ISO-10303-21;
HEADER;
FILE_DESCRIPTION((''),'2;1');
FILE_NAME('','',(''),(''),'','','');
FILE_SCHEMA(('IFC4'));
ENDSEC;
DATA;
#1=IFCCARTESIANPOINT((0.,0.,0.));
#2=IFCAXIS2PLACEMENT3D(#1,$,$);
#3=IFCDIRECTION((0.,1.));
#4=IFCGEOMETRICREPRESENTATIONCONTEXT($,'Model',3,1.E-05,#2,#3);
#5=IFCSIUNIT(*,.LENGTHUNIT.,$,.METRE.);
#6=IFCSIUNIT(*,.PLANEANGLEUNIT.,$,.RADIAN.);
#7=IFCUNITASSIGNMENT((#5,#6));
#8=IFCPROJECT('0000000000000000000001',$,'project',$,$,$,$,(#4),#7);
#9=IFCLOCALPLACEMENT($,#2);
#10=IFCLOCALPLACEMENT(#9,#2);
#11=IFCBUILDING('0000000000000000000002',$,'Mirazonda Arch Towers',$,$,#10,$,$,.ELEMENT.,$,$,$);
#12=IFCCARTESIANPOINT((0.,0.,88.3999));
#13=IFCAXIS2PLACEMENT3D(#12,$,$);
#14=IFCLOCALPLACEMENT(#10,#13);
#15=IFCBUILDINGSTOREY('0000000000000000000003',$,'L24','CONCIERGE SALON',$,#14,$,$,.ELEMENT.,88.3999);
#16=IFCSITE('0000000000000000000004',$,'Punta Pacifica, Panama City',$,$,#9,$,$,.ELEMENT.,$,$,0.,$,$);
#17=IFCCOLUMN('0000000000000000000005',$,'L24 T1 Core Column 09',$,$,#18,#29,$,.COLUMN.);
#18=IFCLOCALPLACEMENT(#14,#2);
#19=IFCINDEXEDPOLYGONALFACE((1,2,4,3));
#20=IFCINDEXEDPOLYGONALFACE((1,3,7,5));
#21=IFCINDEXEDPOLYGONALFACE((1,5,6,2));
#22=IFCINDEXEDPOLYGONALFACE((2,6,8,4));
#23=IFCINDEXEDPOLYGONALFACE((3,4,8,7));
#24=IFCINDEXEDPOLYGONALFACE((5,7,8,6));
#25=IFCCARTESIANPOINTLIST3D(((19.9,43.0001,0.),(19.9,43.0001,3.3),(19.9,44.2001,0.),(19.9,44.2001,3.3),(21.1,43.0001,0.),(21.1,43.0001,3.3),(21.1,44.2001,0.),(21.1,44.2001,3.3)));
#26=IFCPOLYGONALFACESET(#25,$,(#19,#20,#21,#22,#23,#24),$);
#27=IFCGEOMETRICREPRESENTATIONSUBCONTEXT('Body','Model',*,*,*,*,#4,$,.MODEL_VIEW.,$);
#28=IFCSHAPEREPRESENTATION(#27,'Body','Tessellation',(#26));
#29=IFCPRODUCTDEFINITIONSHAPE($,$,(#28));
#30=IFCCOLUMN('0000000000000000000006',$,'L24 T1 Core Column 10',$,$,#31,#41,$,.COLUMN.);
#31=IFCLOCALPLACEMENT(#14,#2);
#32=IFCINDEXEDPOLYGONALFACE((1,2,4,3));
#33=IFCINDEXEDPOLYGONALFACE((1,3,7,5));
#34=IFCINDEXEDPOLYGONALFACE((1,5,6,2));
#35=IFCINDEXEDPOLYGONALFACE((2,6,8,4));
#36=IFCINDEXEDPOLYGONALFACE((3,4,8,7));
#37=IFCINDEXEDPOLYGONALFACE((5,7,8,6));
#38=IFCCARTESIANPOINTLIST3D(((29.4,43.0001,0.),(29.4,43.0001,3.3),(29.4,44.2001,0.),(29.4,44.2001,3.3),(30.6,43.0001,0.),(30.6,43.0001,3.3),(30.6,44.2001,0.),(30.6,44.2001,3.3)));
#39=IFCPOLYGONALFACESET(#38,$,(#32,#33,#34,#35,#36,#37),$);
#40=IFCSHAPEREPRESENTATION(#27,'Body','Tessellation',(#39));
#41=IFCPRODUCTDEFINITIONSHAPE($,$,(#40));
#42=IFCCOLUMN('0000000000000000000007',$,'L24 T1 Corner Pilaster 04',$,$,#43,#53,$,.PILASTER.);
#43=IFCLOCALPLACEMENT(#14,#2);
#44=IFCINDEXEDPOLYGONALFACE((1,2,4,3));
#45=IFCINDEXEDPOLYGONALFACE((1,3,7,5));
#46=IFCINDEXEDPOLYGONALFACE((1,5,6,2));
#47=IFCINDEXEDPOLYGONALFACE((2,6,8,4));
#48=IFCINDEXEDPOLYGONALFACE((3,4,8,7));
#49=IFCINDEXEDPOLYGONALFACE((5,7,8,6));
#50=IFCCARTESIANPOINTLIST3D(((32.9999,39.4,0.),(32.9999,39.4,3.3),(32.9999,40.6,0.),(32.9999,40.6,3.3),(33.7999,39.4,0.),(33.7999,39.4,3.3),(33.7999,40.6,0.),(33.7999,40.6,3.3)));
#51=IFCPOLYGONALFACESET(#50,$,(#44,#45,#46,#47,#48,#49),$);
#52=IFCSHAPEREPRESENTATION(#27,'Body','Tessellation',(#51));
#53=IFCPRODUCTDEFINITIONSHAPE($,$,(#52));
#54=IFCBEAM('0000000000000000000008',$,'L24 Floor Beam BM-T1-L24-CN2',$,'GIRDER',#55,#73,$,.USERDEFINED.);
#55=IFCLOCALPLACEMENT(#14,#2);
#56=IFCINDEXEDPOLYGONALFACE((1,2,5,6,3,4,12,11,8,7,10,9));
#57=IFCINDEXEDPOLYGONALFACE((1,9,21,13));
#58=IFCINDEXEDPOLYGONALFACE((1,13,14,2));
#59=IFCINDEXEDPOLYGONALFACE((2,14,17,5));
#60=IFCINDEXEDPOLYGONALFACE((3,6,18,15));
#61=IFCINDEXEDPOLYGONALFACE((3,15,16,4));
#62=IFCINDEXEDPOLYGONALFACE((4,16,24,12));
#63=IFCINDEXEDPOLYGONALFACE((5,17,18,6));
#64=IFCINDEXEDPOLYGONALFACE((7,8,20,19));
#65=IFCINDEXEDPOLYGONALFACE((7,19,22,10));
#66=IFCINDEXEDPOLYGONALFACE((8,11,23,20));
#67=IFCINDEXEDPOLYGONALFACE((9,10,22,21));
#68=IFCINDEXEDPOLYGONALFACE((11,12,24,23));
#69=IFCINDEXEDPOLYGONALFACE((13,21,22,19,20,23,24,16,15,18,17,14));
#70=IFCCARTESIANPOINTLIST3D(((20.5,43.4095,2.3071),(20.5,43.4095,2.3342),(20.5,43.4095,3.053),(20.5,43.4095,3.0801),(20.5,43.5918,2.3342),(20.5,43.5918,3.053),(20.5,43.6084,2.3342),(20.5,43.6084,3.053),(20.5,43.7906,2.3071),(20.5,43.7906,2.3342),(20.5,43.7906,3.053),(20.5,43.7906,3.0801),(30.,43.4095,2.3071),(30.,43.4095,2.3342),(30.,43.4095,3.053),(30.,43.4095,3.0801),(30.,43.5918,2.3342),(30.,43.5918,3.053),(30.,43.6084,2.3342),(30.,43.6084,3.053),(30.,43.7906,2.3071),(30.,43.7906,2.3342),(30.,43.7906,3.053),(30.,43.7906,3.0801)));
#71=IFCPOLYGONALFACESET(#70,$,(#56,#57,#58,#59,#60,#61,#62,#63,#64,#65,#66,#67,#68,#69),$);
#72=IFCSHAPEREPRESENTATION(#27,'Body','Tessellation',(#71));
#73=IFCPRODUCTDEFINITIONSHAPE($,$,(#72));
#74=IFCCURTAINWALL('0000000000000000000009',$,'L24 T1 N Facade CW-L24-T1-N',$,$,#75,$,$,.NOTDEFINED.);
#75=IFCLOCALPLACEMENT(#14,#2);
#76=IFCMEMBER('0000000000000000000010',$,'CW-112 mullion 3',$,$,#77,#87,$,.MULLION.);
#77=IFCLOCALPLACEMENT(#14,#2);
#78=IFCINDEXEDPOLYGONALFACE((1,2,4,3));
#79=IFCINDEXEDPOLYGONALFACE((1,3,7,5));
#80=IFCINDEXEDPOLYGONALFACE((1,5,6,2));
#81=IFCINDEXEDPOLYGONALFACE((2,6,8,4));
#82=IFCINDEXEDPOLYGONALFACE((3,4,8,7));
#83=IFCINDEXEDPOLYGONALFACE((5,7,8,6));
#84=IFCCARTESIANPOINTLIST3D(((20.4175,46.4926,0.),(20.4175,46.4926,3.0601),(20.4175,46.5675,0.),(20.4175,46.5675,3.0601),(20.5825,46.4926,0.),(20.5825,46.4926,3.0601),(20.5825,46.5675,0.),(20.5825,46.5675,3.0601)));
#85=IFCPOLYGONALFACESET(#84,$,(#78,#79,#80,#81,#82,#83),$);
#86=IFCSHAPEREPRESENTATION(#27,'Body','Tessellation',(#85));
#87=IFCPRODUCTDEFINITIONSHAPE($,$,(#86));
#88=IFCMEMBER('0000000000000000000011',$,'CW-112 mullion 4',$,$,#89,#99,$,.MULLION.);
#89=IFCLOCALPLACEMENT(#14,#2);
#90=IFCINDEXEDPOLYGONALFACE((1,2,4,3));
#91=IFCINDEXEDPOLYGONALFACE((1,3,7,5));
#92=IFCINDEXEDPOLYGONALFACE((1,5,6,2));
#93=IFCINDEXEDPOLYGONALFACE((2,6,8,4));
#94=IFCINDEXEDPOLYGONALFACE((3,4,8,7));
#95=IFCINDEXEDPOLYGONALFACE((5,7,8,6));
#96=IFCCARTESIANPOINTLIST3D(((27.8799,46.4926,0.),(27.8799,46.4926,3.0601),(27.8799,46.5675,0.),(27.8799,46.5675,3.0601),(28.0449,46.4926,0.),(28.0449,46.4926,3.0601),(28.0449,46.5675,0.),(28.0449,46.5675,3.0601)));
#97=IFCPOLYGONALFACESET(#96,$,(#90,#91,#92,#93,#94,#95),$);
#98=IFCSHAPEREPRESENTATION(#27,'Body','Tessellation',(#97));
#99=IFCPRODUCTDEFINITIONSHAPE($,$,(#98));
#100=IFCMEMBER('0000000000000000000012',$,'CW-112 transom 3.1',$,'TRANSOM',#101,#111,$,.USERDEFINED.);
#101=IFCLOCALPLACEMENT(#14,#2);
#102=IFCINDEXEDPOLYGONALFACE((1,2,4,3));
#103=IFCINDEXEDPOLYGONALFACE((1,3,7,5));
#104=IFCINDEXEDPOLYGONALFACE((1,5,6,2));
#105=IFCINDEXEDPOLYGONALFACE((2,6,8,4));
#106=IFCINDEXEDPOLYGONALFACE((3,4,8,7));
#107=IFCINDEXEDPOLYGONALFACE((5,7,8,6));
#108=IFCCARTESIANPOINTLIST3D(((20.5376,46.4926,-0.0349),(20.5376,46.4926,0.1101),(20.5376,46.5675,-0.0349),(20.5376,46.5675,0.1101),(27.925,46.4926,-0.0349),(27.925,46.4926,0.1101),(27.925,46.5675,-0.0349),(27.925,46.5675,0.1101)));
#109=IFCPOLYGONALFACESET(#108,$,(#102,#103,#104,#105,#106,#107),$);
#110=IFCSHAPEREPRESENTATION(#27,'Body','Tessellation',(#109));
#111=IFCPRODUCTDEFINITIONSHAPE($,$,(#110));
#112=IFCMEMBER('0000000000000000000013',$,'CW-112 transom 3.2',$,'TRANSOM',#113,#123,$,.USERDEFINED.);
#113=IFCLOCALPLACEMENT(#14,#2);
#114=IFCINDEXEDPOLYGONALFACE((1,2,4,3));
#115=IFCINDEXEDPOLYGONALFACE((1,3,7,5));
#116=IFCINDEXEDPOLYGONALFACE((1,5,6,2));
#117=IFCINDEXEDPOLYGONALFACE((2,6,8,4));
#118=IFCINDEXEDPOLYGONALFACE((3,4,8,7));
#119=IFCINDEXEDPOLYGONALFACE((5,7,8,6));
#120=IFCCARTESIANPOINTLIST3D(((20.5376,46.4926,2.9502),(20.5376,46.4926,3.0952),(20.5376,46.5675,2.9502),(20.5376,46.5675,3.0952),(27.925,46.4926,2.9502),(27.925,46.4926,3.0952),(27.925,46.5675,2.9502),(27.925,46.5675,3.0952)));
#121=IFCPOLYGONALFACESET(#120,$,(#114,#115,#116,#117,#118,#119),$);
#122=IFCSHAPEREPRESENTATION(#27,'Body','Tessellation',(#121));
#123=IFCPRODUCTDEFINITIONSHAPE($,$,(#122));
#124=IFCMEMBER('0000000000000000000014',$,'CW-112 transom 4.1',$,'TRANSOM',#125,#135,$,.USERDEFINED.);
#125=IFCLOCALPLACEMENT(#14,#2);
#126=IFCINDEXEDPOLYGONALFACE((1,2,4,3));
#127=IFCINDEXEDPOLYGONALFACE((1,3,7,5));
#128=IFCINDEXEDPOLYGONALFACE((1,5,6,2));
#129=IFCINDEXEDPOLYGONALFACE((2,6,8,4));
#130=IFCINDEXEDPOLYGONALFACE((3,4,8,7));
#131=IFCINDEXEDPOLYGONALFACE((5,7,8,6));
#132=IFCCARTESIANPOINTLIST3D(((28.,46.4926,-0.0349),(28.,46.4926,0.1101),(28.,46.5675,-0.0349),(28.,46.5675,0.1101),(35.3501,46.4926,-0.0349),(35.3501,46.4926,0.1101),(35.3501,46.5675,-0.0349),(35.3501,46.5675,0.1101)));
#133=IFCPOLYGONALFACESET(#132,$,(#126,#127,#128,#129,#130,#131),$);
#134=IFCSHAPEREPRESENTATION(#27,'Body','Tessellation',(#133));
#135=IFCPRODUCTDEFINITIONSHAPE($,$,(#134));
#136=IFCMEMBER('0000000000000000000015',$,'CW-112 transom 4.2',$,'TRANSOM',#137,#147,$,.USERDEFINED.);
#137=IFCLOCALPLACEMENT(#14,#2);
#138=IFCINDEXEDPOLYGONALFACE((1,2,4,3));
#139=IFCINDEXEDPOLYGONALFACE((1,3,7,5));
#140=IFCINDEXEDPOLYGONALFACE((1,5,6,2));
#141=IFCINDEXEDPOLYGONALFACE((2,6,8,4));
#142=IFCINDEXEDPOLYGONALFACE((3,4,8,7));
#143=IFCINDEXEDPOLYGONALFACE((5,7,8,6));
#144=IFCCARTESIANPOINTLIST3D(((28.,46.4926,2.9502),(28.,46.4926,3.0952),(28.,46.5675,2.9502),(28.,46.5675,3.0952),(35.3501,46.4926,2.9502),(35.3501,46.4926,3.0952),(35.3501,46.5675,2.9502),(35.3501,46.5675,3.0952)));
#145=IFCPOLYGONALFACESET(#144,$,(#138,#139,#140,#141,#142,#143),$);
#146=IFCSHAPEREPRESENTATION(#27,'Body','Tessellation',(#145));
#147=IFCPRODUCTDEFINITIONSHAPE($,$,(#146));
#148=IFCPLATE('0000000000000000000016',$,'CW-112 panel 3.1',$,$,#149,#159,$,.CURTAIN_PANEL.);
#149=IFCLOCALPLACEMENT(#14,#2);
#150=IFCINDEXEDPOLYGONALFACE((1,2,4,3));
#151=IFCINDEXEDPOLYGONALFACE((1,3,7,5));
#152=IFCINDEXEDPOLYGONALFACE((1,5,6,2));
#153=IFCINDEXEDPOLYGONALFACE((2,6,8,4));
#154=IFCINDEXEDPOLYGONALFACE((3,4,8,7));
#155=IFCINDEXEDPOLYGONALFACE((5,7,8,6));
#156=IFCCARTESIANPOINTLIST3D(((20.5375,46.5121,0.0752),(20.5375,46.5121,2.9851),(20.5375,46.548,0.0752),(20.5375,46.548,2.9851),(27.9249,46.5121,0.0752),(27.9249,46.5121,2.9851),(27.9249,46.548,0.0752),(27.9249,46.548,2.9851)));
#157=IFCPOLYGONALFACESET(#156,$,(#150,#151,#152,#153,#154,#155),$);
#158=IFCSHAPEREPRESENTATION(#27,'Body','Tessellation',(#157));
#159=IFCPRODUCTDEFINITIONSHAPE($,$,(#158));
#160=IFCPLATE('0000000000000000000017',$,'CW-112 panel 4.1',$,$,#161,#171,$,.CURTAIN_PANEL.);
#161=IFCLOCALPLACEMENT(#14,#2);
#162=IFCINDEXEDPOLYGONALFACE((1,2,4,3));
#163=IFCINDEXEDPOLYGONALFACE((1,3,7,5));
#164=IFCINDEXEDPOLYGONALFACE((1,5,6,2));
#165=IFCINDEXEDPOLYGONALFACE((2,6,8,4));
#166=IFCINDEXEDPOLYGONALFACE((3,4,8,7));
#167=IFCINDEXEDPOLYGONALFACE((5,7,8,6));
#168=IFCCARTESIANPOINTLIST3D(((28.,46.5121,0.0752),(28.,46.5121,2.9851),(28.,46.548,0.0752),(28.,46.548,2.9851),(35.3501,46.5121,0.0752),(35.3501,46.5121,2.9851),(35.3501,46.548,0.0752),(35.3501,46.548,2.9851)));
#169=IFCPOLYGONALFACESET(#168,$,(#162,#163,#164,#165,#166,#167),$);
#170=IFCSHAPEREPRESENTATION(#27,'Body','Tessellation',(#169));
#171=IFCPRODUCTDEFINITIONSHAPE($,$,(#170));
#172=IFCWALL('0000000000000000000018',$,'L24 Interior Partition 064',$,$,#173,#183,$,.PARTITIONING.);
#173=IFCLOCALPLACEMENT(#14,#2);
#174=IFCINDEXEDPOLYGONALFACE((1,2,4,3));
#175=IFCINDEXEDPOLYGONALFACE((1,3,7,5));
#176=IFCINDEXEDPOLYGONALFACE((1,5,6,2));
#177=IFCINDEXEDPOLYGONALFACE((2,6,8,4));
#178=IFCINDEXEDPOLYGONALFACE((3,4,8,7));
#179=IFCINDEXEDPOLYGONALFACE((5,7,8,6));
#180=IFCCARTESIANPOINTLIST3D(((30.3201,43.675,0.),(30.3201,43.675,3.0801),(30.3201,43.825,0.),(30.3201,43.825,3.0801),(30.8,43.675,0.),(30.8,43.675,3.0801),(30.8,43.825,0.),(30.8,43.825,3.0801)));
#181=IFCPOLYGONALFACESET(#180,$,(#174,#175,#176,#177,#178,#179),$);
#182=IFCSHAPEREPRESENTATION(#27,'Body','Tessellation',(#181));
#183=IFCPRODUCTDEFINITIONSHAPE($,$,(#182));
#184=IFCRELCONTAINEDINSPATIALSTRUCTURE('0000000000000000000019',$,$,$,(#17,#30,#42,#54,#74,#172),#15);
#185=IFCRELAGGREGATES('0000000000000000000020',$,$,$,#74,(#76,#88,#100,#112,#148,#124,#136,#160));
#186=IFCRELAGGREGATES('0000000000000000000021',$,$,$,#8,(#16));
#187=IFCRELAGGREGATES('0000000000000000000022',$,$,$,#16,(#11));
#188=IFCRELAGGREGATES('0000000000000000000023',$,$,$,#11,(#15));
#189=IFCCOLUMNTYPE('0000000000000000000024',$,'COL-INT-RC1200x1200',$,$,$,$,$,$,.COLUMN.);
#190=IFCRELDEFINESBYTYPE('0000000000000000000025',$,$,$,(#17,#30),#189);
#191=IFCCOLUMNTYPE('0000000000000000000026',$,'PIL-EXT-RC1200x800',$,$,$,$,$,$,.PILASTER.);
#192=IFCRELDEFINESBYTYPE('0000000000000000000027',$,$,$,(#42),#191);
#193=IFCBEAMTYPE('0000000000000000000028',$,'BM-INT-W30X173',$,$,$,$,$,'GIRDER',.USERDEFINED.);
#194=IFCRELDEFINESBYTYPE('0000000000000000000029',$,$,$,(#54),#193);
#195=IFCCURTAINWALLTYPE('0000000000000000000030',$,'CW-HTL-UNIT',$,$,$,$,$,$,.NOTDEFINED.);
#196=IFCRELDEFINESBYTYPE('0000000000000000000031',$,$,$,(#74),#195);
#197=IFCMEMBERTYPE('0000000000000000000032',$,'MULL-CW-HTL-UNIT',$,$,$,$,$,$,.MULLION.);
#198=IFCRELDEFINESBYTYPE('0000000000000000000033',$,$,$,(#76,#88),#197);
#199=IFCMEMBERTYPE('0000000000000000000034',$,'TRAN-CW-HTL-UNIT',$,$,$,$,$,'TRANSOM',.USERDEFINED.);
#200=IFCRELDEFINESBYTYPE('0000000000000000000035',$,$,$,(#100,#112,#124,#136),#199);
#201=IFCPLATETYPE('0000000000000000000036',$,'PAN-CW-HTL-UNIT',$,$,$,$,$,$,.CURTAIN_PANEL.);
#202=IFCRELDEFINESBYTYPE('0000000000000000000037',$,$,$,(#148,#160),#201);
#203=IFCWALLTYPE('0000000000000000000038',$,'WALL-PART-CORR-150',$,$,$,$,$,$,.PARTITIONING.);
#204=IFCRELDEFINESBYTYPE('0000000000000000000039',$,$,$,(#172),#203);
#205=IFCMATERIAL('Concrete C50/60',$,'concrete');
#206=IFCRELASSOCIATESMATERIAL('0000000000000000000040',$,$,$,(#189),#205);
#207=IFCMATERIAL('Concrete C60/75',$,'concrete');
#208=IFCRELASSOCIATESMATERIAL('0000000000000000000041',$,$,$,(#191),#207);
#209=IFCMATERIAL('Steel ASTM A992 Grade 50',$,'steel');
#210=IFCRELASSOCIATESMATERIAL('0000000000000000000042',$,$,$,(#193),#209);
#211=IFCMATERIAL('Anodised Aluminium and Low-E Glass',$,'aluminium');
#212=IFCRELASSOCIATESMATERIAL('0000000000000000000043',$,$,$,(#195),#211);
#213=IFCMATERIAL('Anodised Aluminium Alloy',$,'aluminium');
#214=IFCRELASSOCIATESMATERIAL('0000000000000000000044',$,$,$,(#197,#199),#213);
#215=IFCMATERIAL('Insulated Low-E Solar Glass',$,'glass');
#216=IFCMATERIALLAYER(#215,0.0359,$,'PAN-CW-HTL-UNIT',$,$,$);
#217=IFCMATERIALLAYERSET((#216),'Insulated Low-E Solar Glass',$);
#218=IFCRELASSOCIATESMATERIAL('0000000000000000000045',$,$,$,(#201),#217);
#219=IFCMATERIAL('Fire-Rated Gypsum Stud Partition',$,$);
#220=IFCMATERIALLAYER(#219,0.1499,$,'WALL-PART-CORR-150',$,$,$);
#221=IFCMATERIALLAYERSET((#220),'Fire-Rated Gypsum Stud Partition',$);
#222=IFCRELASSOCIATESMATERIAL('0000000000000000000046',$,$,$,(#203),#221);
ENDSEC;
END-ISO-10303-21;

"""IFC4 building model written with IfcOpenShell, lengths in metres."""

from ifc_helpers import new_model, si_unit, direction, frame, frame_2d, origin, origin_2d, place, context, subcontext, project, spatial, rectangle, i_section, extrude, material, layer, layer_set, material_profile, profile_set, type_object, element, aggregate, save


model = new_model("IFC4")

# Units and contexts
model_context = context("Model", 3, precision=1e-05, world=origin(), true_north=direction((0.0, 1.0)))
body_context = subcontext(model_context, "Body", "Model", "MODEL_VIEW")
ifc_project = project(units=[si_unit("LENGTHUNIT", "METRE"), si_unit("PLANEANGLEUNIT", "RADIAN")], contexts=[model_context])

# Site, building, storey
site_placement = place(None, origin())
site = spatial("IfcSite", under=ifc_project, at=site_placement, Name="Punta Pacifica, Panama City", CompositionType="ELEMENT", RefElevation=0.0)
building_placement = place(site_placement, origin())
building = spatial("IfcBuilding", under=site, at=building_placement, Name="Mirazonda Arch Towers", CompositionType="ELEMENT")
storey_placement = place(building_placement, frame((0.0, 0.0, 88.3999)))
storey = spatial("IfcBuildingStorey", under=building, at=storey_placement, Name="L24", Description="CONCIERGE SALON", CompositionType="ELEMENT", Elevation=88.3999)

# Columns
ifc_material_1 = material(Name="Concrete C50/60", Category="concrete")
ifc_material_profile_1 = material_profile(ifc_material_1, rectangle(XDim=1.2, YDim=1.2, at=origin_2d()), Name="RC1200x1200")
ifc_profile_set_1 = profile_set([ifc_material_profile_1], Name="Concrete C50/60")
column_type_1 = type_object("IfcColumnType", Name="COL-INT-RC1200x1200", PredefinedType="COLUMN", material=ifc_profile_set_1)
for number, where, z_axis, x_axis, name in (
    (1, (20.5, 43.6001, 0.0), (0.0, 0.0, 1.0), (1.0, 0.0, 0.0), "L24 T1 Core Column 09"),
    (2, (30.0, 43.6001, 0.0), (0.0, 0.0, 1.0), (1.0, 0.0, 0.0), "L24 T1 Core Column 10"),
):
    element("IfcColumn", number, at=place(storey_placement, frame(where, z_axis=z_axis, x_axis=x_axis)), inside=storey, type_object=column_type_1, Name=name, PredefinedType="COLUMN", context=body_context, shape_type="SweptSolid", body=[
        extrude(rectangle(XDim=1.2, YDim=1.2, at=origin_2d()), origin(), (0.0, 0.0, 1.0), 3.3),
    ])
ifc_material_2 = material(Name="Concrete C60/75", Category="concrete")
ifc_material_profile_2 = material_profile(ifc_material_2, rectangle(XDim=0.8, YDim=1.2, at=origin_2d()), Name="RC1200x800")
ifc_profile_set_2 = profile_set([ifc_material_profile_2], Name="Concrete C60/75")
column_type_2 = type_object("IfcColumnType", Name="PIL-EXT-RC1200x800", PredefinedType="PILASTER", material=ifc_profile_set_2)
column_placement = place(storey_placement, frame((33.3999, 40.0, 0.0), z_axis=(0.0, 0.0, 1.0), x_axis=(1.0, 0.0, 0.0)))
element("IfcColumn", 3, at=column_placement, inside=storey, type_object=column_type_2, Name="L24 T1 Corner Pilaster 04", PredefinedType="PILASTER", context=body_context, shape_type="SweptSolid", body=[
    extrude(rectangle(XDim=0.8, YDim=1.2, at=origin_2d()), origin(), (0.0, 0.0, 1.0), 3.3),
])

# Beam
ifc_material_3 = material(Name="Steel ASTM A992 Grade 50", Category="steel")
ifc_material_profile_3 = material_profile(ifc_material_3, i_section(OverallWidth=0.3811, OverallDepth=0.7729, WebThickness=0.0166, FlangeThickness=0.0271, at=origin_2d()), Name="W30X173")
ifc_profile_set_3 = profile_set([ifc_material_profile_3], Name="Steel ASTM A992 Grade 50")
beam_type = type_object("IfcBeamType", Name="BM-INT-W30X173", ElementType="GIRDER", PredefinedType="USERDEFINED", material=ifc_profile_set_3)
beam_placement = place(storey_placement, frame((20.5, 43.6001, 2.6936), z_axis=(1.0, 0.0, 0.0), x_axis=(0.0, 1.0, 0.0)))
element("IfcBeam", 4, at=beam_placement, inside=storey, type_object=beam_type, Name="L24 Floor Beam BM-T1-L24-CN2", ObjectType="GIRDER", PredefinedType="USERDEFINED", context=body_context, shape_type="SweptSolid", body=[
    extrude(i_section(OverallWidth=0.3811, OverallDepth=0.7729, WebThickness=0.0166, FlangeThickness=0.0271, at=origin_2d()), origin(), (0.0, 0.0, 1.0), 9.5),
])

# Curtain wall, members, plates
ifc_material_4 = material(Name="Anodised Aluminium and Low-E Glass", Category="aluminium")
curtain_wall_type = type_object("IfcCurtainWallType", Name="CW-HTL-UNIT", PredefinedType="NOTDEFINED", material=ifc_material_4)
curtain_wall_placement = place(storey_placement, origin())
curtain_wall = element("IfcCurtainWall", 5, at=curtain_wall_placement, inside=storey, type_object=curtain_wall_type, Name="L24 T1 N Facade CW-L24-T1-N", PredefinedType="NOTDEFINED")
ifc_material_5 = material(Name="Anodised Aluminium Alloy", Category="aluminium")
ifc_material_profile_4 = material_profile(ifc_material_5, rectangle(XDim=0.075, YDim=0.165, at=origin_2d()), Name="ALU-MULL-75x165")
ifc_profile_set_4 = profile_set([ifc_material_profile_4], Name="Anodised Aluminium Alloy")
member_type_1 = type_object("IfcMemberType", Name="MULL-CW-HTL-UNIT", PredefinedType="MULLION", material=ifc_profile_set_4)
member_1_placement = place(storey_placement, frame((20.5, 46.53, 0.0), z_axis=(0.0, 0.0, 1.0), x_axis=(0.0, 1.0, 0.0)))
member_1 = element("IfcMember", 6, at=member_1_placement, type_object=member_type_1, Name="CW-112 mullion 3", PredefinedType="MULLION", context=body_context, shape_type="SweptSolid", body=[
    extrude(rectangle(XDim=0.075, YDim=0.165, at=origin_2d()), origin(), (0.0, 0.0, 1.0), 3.0601),
])
member_2_placement = place(storey_placement, frame((27.9624, 46.53, 0.0), z_axis=(0.0, 0.0, 1.0), x_axis=(0.0, 1.0, 0.0)))
member_2 = element("IfcMember", 7, at=member_2_placement, type_object=member_type_1, Name="CW-112 mullion 4", PredefinedType="MULLION", context=body_context, shape_type="SweptSolid", body=[
    extrude(rectangle(XDim=0.075, YDim=0.165, at=origin_2d()), origin(), (0.0, 0.0, 1.0), 3.0601),
])
ifc_material_profile_5 = material_profile(ifc_material_5, rectangle(XDim=0.075, YDim=0.145, at=origin_2d()), Name="ALU-TRAN-75x145")
ifc_profile_set_5 = profile_set([ifc_material_profile_5], Name="Anodised Aluminium Alloy")
member_type_2 = type_object("IfcMemberType", Name="TRAN-CW-HTL-UNIT", ElementType="TRANSOM", PredefinedType="USERDEFINED", material=ifc_profile_set_5)
member_3_placement = place(storey_placement, frame((20.5376, 46.53, 0.0376), z_axis=(1.0, 0.0, 0.0), x_axis=(0.0, 1.0, 0.0)))
member_3 = element("IfcMember", 8, at=member_3_placement, type_object=member_type_2, Name="CW-112 transom 3.1", ObjectType="TRANSOM", PredefinedType="USERDEFINED", context=body_context, shape_type="SweptSolid", body=[
    extrude(rectangle(XDim=0.075, YDim=0.145, at=origin_2d()), origin(), (0.0, 0.0, 1.0), 7.3875),
])
member_4_placement = place(storey_placement, frame((20.5376, 46.53, 3.0227), z_axis=(1.0, 0.0, 0.0), x_axis=(0.0, 1.0, 0.0)))
member_4 = element("IfcMember", 9, at=member_4_placement, type_object=member_type_2, Name="CW-112 transom 3.2", ObjectType="TRANSOM", PredefinedType="USERDEFINED", context=body_context, shape_type="SweptSolid", body=[
    extrude(rectangle(XDim=0.075, YDim=0.145, at=origin_2d()), origin(), (0.0, 0.0, 1.0), 7.3875),
])
member_5_placement = place(storey_placement, frame((28.0, 46.53, 0.0376), z_axis=(1.0, 0.0, 0.0), x_axis=(0.0, 1.0, 0.0)))
member_5 = element("IfcMember", 10, at=member_5_placement, type_object=member_type_2, Name="CW-112 transom 4.1", ObjectType="TRANSOM", PredefinedType="USERDEFINED", context=body_context, shape_type="SweptSolid", body=[
    extrude(rectangle(XDim=0.075, YDim=0.145, at=origin_2d()), origin(), (0.0, 0.0, 1.0), 7.3501),
])
member_6_placement = place(storey_placement, frame((28.0, 46.53, 3.0227), z_axis=(1.0, 0.0, 0.0), x_axis=(0.0, 1.0, 0.0)))
member_6 = element("IfcMember", 11, at=member_6_placement, type_object=member_type_2, Name="CW-112 transom 4.2", ObjectType="TRANSOM", PredefinedType="USERDEFINED", context=body_context, shape_type="SweptSolid", body=[
    extrude(rectangle(XDim=0.075, YDim=0.145, at=origin_2d()), origin(), (0.0, 0.0, 1.0), 7.3501),
])
ifc_material_6 = material(Name="Insulated Low-E Solar Glass", Category="glass")
ifc_layer_1 = layer(ifc_material_6, 0.0359, Name="PAN-CW-HTL-UNIT")
ifc_layer_set_1 = layer_set([ifc_layer_1], Name="Insulated Low-E Solar Glass")
plate_type = type_object("IfcPlateType", Name="PAN-CW-HTL-UNIT", PredefinedType="CURTAIN_PANEL", material=ifc_layer_set_1)
plate_1_placement = place(storey_placement, frame((24.2312, 46.53, 0.0752), z_axis=(0.0, 0.0, 1.0), x_axis=(1.0, 0.0, 0.0)))
plate_1 = element("IfcPlate", 12, at=plate_1_placement, type_object=plate_type, Name="CW-112 panel 3.1", PredefinedType="CURTAIN_PANEL", context=body_context, shape_type="SweptSolid", body=[
    extrude(rectangle(XDim=7.3875, YDim=0.0359, at=origin_2d()), origin(), (0.0, 0.0, 1.0), 2.9099),
])
plate_2_placement = place(storey_placement, frame((31.675, 46.53, 0.0752), z_axis=(0.0, 0.0, 1.0), x_axis=(1.0, 0.0, 0.0)))
plate_2 = element("IfcPlate", 13, at=plate_2_placement, type_object=plate_type, Name="CW-112 panel 4.1", PredefinedType="CURTAIN_PANEL", context=body_context, shape_type="SweptSolid", body=[
    extrude(rectangle(XDim=7.3501, YDim=0.0359, at=origin_2d()), origin(), (0.0, 0.0, 1.0), 2.9099),
])
aggregate(curtain_wall, [member_1, member_2, member_3, member_4, plate_1, member_5, member_6, plate_2])

# Wall
ifc_material_7 = material(Name="Fire-Rated Gypsum Stud Partition")
ifc_layer_2 = layer(ifc_material_7, 0.1499, Name="WALL-PART-CORR-150")
ifc_layer_set_2 = layer_set([ifc_layer_2], Name="Fire-Rated Gypsum Stud Partition")
wall_type_1 = type_object("IfcWallType", Name="WALL-PART-CORR-150", PredefinedType="PARTITIONING", material=ifc_layer_set_2)
wall_1_placement = place(storey_placement, frame((30.3201, 43.75, 0.0), z_axis=(0.0, 0.0, 1.0), x_axis=(1.0, 0.0, 0.0)))
element("IfcWall", 14, at=wall_1_placement, inside=storey, type_object=wall_type_1, Name="L24 Interior Partition 064", PredefinedType="PARTITIONING", context=body_context, shape_type="SweptSolid", body=[
    extrude(rectangle(XDim=0.48, YDim=0.1499, at=frame_2d((0.24, 0.0))), origin(), (0.0, 0.0, 1.0), 3.0801),
])

save(model, "model.ifc")
